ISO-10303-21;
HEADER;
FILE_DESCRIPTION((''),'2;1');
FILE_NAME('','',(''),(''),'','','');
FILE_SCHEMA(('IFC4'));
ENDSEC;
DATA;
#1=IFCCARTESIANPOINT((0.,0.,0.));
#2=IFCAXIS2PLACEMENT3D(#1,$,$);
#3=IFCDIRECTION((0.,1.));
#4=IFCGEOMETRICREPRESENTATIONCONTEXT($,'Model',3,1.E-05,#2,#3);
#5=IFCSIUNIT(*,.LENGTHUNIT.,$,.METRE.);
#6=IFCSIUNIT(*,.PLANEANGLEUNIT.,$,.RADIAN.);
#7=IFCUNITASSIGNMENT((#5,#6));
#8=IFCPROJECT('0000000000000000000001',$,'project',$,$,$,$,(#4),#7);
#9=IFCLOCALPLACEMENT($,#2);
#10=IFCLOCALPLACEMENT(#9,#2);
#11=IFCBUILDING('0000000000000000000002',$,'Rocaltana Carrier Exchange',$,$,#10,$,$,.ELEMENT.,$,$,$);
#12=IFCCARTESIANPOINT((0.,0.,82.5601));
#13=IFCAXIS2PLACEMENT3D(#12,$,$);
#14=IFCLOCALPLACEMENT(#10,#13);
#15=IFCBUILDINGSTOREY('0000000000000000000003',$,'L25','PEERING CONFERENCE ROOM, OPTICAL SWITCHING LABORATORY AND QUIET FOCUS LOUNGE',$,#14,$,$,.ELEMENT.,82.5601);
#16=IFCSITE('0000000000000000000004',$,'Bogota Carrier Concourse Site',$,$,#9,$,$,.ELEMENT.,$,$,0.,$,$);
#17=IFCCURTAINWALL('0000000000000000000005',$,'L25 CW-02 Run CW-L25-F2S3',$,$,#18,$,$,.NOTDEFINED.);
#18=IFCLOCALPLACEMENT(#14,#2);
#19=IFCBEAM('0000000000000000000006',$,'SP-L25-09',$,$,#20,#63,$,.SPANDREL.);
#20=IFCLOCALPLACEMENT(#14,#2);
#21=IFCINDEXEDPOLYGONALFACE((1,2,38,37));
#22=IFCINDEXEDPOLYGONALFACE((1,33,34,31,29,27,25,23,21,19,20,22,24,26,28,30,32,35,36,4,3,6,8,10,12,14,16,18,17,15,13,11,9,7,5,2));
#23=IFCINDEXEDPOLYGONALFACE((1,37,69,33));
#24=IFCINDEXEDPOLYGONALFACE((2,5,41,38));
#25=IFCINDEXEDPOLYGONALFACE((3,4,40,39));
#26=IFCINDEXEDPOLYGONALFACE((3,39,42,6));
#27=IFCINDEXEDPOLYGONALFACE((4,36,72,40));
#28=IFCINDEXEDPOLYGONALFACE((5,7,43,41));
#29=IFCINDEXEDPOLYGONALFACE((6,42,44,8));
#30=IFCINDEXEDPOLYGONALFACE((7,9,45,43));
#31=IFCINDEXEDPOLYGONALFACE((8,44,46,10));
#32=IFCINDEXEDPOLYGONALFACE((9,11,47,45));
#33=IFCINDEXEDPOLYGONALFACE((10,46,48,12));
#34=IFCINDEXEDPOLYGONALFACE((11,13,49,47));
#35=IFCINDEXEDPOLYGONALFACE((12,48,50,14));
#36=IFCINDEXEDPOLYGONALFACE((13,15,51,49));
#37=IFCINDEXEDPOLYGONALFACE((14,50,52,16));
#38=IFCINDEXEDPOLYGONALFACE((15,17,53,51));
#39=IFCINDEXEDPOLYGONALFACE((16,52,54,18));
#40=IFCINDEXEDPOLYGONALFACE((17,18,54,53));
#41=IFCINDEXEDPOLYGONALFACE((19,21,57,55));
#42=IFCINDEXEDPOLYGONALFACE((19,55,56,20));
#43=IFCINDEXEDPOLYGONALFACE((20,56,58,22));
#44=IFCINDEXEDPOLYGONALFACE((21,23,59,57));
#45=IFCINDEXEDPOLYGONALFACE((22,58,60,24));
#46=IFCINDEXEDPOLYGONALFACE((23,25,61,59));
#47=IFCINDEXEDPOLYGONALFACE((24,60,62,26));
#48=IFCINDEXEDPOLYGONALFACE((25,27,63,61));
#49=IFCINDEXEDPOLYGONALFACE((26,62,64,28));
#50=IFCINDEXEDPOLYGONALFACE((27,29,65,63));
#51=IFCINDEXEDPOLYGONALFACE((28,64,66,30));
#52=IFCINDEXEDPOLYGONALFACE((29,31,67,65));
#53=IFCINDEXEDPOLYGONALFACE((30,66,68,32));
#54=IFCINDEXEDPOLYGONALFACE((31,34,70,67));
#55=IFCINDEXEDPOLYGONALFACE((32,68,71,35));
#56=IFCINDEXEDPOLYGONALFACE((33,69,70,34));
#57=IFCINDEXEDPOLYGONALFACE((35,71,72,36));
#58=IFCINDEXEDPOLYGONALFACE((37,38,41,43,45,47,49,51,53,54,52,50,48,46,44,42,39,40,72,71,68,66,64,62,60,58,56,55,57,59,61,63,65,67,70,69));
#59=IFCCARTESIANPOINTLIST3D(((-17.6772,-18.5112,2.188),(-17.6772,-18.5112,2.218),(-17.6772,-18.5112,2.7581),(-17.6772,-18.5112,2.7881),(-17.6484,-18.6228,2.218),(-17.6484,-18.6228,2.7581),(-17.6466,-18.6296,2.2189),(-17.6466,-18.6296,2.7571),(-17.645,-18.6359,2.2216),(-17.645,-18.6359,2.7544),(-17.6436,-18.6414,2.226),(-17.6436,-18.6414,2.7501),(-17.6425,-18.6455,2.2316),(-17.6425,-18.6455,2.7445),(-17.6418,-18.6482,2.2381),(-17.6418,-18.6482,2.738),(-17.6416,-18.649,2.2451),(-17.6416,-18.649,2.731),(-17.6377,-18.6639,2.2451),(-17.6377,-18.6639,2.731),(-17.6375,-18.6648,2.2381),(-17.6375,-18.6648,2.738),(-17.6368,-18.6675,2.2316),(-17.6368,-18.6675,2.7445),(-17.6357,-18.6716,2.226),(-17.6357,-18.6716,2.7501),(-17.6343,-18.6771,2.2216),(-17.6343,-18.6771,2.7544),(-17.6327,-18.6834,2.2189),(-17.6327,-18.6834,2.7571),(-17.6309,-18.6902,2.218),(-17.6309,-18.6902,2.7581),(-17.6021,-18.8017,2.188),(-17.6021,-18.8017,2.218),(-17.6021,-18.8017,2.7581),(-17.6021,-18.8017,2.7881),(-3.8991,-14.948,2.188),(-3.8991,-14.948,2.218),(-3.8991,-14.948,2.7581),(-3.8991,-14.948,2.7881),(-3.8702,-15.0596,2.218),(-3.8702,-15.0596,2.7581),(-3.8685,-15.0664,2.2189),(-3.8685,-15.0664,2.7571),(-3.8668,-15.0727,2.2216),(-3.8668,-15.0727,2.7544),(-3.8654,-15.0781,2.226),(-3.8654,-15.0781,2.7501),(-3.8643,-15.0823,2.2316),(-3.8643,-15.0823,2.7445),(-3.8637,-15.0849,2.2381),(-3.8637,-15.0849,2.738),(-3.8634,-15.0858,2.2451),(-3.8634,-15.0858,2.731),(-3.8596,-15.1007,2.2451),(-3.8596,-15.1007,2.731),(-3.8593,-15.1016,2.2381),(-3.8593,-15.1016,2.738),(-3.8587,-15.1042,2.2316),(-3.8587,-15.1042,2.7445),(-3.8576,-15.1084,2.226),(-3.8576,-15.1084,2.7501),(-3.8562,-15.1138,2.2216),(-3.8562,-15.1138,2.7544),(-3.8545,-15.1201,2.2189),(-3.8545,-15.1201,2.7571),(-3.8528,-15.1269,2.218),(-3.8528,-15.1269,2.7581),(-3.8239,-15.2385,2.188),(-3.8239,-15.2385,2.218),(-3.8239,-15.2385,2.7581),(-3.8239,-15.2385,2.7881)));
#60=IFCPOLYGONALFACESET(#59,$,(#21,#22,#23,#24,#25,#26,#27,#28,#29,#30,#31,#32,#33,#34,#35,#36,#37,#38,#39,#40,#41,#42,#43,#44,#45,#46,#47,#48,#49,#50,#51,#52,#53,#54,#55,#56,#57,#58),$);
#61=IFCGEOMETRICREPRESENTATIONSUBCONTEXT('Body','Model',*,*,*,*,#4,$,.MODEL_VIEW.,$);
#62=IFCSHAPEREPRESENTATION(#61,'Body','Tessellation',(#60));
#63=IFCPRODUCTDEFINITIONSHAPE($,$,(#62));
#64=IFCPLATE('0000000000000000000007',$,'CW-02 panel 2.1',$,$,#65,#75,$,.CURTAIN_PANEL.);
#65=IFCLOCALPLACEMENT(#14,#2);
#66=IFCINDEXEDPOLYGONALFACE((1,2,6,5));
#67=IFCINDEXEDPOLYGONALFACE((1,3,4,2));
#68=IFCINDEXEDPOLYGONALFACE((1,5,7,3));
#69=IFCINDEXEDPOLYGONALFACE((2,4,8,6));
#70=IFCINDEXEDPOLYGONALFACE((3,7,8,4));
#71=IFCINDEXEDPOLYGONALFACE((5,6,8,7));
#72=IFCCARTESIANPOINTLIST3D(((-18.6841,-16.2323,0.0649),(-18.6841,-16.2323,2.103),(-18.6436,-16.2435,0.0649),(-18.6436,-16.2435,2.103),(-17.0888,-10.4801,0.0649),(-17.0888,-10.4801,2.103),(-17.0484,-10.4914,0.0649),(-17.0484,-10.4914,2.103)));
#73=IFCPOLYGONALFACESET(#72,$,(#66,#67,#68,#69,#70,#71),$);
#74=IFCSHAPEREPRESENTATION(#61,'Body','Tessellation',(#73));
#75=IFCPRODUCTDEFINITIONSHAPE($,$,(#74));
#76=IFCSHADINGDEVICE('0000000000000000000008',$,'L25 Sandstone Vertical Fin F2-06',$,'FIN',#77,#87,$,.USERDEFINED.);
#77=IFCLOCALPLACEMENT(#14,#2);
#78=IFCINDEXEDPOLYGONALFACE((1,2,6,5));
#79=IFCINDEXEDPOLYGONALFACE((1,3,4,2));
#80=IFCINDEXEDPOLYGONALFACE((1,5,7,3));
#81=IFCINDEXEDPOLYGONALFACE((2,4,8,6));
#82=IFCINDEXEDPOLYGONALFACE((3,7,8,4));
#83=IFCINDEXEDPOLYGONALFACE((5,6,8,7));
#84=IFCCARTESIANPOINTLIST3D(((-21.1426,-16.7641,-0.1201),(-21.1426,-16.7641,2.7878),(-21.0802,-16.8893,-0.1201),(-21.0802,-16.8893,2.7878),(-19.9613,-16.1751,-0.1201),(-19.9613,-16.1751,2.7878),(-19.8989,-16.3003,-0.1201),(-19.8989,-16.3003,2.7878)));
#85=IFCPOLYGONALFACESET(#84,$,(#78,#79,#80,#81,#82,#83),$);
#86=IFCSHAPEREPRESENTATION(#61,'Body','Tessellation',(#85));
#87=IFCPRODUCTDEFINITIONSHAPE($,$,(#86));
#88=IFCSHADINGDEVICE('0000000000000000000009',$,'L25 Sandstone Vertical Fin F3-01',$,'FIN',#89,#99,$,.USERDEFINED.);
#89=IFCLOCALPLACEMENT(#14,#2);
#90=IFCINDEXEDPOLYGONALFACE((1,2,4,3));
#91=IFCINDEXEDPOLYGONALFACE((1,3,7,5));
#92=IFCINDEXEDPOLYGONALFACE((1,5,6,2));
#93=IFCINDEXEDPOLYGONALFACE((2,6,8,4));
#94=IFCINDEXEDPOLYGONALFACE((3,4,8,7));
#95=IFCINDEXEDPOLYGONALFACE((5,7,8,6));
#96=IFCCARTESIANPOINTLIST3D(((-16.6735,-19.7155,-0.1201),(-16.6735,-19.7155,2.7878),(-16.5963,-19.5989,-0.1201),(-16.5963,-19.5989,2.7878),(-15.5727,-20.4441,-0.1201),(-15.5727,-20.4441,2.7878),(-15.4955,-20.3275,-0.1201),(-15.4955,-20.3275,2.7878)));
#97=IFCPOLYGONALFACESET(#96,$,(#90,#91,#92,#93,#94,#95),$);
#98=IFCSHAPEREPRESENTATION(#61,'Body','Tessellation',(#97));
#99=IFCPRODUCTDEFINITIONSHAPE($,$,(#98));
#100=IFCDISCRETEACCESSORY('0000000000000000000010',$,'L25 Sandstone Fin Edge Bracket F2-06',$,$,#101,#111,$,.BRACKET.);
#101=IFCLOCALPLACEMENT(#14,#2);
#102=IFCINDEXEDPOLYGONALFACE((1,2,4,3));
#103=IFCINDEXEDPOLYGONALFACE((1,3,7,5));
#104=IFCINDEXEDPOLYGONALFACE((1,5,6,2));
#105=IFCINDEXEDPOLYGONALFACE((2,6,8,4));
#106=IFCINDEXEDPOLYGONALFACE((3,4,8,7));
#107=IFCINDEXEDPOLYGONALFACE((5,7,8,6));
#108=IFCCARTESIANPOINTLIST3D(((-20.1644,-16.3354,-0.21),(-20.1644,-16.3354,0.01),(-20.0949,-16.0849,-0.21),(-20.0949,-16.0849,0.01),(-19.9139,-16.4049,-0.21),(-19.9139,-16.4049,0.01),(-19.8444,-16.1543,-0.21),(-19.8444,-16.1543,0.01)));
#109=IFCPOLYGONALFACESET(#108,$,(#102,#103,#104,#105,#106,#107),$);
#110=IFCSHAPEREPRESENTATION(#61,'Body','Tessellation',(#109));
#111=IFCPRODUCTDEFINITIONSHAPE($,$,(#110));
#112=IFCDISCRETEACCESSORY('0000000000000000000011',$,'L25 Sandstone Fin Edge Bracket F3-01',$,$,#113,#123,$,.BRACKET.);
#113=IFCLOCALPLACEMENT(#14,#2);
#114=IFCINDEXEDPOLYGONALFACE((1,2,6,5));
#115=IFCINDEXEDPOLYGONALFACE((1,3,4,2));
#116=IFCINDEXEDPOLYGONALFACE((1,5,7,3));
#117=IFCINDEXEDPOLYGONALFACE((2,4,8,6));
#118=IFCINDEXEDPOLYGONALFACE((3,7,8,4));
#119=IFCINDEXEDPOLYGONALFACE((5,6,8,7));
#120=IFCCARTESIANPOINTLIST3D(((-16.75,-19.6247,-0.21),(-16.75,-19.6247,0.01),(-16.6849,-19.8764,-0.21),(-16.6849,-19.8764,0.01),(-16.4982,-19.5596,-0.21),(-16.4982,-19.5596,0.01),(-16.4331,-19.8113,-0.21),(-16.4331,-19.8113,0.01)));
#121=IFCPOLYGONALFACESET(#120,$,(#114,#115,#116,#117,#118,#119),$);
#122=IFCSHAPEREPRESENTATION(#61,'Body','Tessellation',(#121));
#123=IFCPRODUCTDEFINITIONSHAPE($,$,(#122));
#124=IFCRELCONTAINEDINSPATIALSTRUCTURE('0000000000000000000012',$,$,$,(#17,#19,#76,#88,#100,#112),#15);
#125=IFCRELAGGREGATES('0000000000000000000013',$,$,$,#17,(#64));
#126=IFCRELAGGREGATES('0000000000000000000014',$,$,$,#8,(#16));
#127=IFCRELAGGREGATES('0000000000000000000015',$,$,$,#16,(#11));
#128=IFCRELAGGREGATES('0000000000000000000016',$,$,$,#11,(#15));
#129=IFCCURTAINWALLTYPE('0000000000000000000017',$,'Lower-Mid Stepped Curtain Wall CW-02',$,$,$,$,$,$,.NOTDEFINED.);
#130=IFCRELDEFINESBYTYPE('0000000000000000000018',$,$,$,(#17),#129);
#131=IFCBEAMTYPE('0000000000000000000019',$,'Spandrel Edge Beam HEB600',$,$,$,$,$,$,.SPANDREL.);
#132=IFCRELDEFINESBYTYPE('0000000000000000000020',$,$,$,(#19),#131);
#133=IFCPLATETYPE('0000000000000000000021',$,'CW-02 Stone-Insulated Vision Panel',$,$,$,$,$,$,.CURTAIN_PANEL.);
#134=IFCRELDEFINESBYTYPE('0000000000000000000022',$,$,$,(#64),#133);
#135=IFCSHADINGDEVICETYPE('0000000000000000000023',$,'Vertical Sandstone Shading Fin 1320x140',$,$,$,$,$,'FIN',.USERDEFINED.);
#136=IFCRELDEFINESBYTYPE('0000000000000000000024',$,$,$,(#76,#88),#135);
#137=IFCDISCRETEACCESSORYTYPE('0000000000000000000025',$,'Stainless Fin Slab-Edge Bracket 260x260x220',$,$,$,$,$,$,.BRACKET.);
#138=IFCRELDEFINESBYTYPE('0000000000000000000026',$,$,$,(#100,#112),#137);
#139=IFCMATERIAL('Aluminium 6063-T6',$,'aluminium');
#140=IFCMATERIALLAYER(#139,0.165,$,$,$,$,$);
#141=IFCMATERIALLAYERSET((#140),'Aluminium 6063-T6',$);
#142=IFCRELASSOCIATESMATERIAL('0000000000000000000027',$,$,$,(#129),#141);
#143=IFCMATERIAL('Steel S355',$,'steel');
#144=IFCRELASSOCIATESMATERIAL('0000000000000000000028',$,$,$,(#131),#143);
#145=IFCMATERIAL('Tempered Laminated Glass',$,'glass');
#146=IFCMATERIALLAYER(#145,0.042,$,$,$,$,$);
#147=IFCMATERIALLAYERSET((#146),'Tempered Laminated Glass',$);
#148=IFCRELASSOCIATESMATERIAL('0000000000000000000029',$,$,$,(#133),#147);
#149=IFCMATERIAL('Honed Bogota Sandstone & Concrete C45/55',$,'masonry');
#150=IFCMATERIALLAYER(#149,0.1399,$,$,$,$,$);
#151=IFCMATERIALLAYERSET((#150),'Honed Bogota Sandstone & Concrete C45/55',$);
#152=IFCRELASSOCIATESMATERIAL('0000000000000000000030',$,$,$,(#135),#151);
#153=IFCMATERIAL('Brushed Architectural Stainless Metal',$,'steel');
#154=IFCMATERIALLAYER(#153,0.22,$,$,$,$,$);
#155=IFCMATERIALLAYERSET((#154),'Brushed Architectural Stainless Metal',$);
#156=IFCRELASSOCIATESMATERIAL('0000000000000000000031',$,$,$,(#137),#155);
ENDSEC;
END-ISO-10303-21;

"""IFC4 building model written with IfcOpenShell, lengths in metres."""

from ifc_helpers import new_model, si_unit, direction, frame, origin, origin_2d, place, context, subcontext, project, spatial, rectangle, i_section, extrude, material, layer, layer_set, material_profile, profile_set, type_object, element, aggregate, save


model = new_model("IFC4")

# Units and contexts
model_context = context("Model", 3, precision=1e-05, world=origin(), true_north=direction((0.0, 1.0)))
body_context = subcontext(model_context, "Body", "Model", "MODEL_VIEW")
ifc_project = project(units=[si_unit("LENGTHUNIT", "METRE"), si_unit("PLANEANGLEUNIT", "RADIAN")], contexts=[model_context])

# Site, building, storey
site_placement = place(None, origin())
site = spatial("IfcSite", under=ifc_project, at=site_placement, Name="Bogota Carrier Concourse Site", CompositionType="ELEMENT", RefElevation=0.0)
building_placement = place(site_placement, origin())
building = spatial("IfcBuilding", under=site, at=building_placement, Name="Rocaltana Carrier Exchange", CompositionType="ELEMENT")
storey_placement = place(building_placement, frame((0.0, 0.0, 82.5601)))
storey = spatial("IfcBuildingStorey", under=building, at=storey_placement, Name="L25", Description="PEERING CONFERENCE ROOM, OPTICAL SWITCHING LABORATORY AND QUIET FOCUS LOUNGE", CompositionType="ELEMENT", Elevation=82.5601)

# Curtain wall
ifc_material_1 = material(Name="Aluminium 6063-T6", Category="aluminium")
ifc_layer_1 = layer(ifc_material_1, 0.165)
ifc_layer_set_1 = layer_set([ifc_layer_1], Name="Aluminium 6063-T6")
curtain_wall_type = type_object("IfcCurtainWallType", Name="Lower-Mid Stepped Curtain Wall CW-02", PredefinedType="NOTDEFINED", material=ifc_layer_set_1)
curtain_wall_1_placement = place(storey_placement, origin())
curtain_wall_1 = element("IfcCurtainWall", 1, at=curtain_wall_1_placement, inside=storey, type_object=curtain_wall_type, Name="L25 CW-02 Run CW-L25-F2S3", PredefinedType="NOTDEFINED")

# Beam
ifc_material_2 = material(Name="Steel S355", Category="steel")
ifc_material_profile_1 = material_profile(ifc_material_2, i_section(OverallWidth=0.3, OverallDepth=0.6001, WebThickness=0.0154, FlangeThickness=0.03, FilletRadius=0.0271, at=origin_2d()), Name="HEB600")
ifc_profile_set_1 = profile_set([ifc_material_profile_1], Name="Steel S355")
beam_type_1 = type_object("IfcBeamType", Name="Spandrel Edge Beam HEB600", PredefinedType="SPANDREL", material=ifc_profile_set_1)
beam_1_placement = place(storey_placement, frame((-17.6396, -18.6565, 2.488), z_axis=(0.968148, 0.250379, 0.0), x_axis=(-0.250379, 0.968148, 0.0)))
element("IfcBeam", 2, at=beam_1_placement, inside=storey, type_object=beam_type_1, Name="SP-L25-09", PredefinedType="SPANDREL", context=body_context, shape_type="SweptSolid", body=[
    extrude(i_section(OverallWidth=0.3, OverallDepth=0.6001, WebThickness=0.0154, FlangeThickness=0.03, FilletRadius=0.0271, at=origin_2d()), origin(), (0.0, 0.0, 1.0), 14.2314),
])

# Plate
ifc_material_3 = material(Name="Tempered Laminated Glass", Category="glass")
ifc_layer_2 = layer(ifc_material_3, 0.042)
ifc_layer_set_2 = layer_set([ifc_layer_2], Name="Tempered Laminated Glass")
plate_type = type_object("IfcPlateType", Name="CW-02 Stone-Insulated Vision Panel", PredefinedType="CURTAIN_PANEL", material=ifc_layer_set_2)
plate_placement = place(storey_placement, frame((-17.8662, -13.3618, 0.0649), z_axis=(0.0, 0.0, 1.0), x_axis=(-0.267243, -0.963629, 0.0)))
plate = element("IfcPlate", 3, at=plate_placement, type_object=plate_type, Name="CW-02 panel 2.1", PredefinedType="CURTAIN_PANEL", context=body_context, shape_type="SweptSolid", body=[
    extrude(rectangle(XDim=5.9692, YDim=0.042, at=origin_2d()), origin(), (0.0, 0.0, 1.0), 2.0381),
])
aggregate(curtain_wall_1, [plate])

# Shading devices
ifc_material_4 = material(Name="Honed Bogota Sandstone & Concrete C45/55", Category="masonry")
ifc_layer_3 = layer(ifc_material_4, 0.1399)
ifc_layer_set_3 = layer_set([ifc_layer_3], Name="Honed Bogota Sandstone & Concrete C45/55")
shading_device_type = type_object("IfcShadingDeviceType", Name="Vertical Sandstone Shading Fin 1320x140", ElementType="FIN", PredefinedType="USERDEFINED", material=ifc_layer_set_3)
for number, where, z_axis, x_axis, name in (
    (4, (-20.5208, -16.5322, -0.1201), (0.0, 0.0, 1.0), (-0.894934, -0.446198, 0.0), "L25 Sandstone Vertical Fin F2-06"),
    (5, (-16.0845, -20.0215, -0.1201), (0.0, 0.0, 1.0), (0.833886, -0.551937, 0.0), "L25 Sandstone Vertical Fin F3-01"),
):
    element("IfcShadingDevice", number, at=place(storey_placement, frame(where, z_axis=z_axis, x_axis=x_axis)), inside=storey, type_object=shading_device_type, Name=name, ObjectType="FIN", PredefinedType="USERDEFINED", context=body_context, shape_type="SweptSolid", body=[
        extrude(rectangle(XDim=1.3201, YDim=0.1399, at=origin_2d()), origin(), (0.0, 0.0, 1.0), 2.908),
    ])

# Discrete accessories
ifc_material_5 = material(Name="Brushed Architectural Stainless Metal", Category="steel")
ifc_layer_4 = layer(ifc_material_5, 0.22)
ifc_layer_set_4 = layer_set([ifc_layer_4], Name="Brushed Architectural Stainless Metal")
discrete_accessory_type = type_object("IfcDiscreteAccessoryType", Name="Stainless Fin Slab-Edge Bracket 260x260x220", PredefinedType="BRACKET", material=ifc_layer_set_4)
for number, where, z_axis, x_axis, name in (
    (6, (-20.0044, -16.2449, -0.21), (0.0, 0.0, 1.0), (-0.267238, -0.96363, 0.0), "L25 Sandstone Fin Edge Bracket F2-06"),
    (7, (-16.5916, -19.718, -0.21), (0.0, 0.0, 1.0), (0.968148, 0.25038, 0.0), "L25 Sandstone Fin Edge Bracket F3-01"),
):
    element("IfcDiscreteAccessory", number, at=place(storey_placement, frame(where, z_axis=z_axis, x_axis=x_axis)), inside=storey, type_object=discrete_accessory_type, Name=name, PredefinedType="BRACKET", context=body_context, shape_type="SweptSolid", body=[
        extrude(rectangle(XDim=0.26, YDim=0.26, at=origin_2d()), origin(), (0.0, 0.0, 1.0), 0.22),
    ])

save(model, "model.ifc")
